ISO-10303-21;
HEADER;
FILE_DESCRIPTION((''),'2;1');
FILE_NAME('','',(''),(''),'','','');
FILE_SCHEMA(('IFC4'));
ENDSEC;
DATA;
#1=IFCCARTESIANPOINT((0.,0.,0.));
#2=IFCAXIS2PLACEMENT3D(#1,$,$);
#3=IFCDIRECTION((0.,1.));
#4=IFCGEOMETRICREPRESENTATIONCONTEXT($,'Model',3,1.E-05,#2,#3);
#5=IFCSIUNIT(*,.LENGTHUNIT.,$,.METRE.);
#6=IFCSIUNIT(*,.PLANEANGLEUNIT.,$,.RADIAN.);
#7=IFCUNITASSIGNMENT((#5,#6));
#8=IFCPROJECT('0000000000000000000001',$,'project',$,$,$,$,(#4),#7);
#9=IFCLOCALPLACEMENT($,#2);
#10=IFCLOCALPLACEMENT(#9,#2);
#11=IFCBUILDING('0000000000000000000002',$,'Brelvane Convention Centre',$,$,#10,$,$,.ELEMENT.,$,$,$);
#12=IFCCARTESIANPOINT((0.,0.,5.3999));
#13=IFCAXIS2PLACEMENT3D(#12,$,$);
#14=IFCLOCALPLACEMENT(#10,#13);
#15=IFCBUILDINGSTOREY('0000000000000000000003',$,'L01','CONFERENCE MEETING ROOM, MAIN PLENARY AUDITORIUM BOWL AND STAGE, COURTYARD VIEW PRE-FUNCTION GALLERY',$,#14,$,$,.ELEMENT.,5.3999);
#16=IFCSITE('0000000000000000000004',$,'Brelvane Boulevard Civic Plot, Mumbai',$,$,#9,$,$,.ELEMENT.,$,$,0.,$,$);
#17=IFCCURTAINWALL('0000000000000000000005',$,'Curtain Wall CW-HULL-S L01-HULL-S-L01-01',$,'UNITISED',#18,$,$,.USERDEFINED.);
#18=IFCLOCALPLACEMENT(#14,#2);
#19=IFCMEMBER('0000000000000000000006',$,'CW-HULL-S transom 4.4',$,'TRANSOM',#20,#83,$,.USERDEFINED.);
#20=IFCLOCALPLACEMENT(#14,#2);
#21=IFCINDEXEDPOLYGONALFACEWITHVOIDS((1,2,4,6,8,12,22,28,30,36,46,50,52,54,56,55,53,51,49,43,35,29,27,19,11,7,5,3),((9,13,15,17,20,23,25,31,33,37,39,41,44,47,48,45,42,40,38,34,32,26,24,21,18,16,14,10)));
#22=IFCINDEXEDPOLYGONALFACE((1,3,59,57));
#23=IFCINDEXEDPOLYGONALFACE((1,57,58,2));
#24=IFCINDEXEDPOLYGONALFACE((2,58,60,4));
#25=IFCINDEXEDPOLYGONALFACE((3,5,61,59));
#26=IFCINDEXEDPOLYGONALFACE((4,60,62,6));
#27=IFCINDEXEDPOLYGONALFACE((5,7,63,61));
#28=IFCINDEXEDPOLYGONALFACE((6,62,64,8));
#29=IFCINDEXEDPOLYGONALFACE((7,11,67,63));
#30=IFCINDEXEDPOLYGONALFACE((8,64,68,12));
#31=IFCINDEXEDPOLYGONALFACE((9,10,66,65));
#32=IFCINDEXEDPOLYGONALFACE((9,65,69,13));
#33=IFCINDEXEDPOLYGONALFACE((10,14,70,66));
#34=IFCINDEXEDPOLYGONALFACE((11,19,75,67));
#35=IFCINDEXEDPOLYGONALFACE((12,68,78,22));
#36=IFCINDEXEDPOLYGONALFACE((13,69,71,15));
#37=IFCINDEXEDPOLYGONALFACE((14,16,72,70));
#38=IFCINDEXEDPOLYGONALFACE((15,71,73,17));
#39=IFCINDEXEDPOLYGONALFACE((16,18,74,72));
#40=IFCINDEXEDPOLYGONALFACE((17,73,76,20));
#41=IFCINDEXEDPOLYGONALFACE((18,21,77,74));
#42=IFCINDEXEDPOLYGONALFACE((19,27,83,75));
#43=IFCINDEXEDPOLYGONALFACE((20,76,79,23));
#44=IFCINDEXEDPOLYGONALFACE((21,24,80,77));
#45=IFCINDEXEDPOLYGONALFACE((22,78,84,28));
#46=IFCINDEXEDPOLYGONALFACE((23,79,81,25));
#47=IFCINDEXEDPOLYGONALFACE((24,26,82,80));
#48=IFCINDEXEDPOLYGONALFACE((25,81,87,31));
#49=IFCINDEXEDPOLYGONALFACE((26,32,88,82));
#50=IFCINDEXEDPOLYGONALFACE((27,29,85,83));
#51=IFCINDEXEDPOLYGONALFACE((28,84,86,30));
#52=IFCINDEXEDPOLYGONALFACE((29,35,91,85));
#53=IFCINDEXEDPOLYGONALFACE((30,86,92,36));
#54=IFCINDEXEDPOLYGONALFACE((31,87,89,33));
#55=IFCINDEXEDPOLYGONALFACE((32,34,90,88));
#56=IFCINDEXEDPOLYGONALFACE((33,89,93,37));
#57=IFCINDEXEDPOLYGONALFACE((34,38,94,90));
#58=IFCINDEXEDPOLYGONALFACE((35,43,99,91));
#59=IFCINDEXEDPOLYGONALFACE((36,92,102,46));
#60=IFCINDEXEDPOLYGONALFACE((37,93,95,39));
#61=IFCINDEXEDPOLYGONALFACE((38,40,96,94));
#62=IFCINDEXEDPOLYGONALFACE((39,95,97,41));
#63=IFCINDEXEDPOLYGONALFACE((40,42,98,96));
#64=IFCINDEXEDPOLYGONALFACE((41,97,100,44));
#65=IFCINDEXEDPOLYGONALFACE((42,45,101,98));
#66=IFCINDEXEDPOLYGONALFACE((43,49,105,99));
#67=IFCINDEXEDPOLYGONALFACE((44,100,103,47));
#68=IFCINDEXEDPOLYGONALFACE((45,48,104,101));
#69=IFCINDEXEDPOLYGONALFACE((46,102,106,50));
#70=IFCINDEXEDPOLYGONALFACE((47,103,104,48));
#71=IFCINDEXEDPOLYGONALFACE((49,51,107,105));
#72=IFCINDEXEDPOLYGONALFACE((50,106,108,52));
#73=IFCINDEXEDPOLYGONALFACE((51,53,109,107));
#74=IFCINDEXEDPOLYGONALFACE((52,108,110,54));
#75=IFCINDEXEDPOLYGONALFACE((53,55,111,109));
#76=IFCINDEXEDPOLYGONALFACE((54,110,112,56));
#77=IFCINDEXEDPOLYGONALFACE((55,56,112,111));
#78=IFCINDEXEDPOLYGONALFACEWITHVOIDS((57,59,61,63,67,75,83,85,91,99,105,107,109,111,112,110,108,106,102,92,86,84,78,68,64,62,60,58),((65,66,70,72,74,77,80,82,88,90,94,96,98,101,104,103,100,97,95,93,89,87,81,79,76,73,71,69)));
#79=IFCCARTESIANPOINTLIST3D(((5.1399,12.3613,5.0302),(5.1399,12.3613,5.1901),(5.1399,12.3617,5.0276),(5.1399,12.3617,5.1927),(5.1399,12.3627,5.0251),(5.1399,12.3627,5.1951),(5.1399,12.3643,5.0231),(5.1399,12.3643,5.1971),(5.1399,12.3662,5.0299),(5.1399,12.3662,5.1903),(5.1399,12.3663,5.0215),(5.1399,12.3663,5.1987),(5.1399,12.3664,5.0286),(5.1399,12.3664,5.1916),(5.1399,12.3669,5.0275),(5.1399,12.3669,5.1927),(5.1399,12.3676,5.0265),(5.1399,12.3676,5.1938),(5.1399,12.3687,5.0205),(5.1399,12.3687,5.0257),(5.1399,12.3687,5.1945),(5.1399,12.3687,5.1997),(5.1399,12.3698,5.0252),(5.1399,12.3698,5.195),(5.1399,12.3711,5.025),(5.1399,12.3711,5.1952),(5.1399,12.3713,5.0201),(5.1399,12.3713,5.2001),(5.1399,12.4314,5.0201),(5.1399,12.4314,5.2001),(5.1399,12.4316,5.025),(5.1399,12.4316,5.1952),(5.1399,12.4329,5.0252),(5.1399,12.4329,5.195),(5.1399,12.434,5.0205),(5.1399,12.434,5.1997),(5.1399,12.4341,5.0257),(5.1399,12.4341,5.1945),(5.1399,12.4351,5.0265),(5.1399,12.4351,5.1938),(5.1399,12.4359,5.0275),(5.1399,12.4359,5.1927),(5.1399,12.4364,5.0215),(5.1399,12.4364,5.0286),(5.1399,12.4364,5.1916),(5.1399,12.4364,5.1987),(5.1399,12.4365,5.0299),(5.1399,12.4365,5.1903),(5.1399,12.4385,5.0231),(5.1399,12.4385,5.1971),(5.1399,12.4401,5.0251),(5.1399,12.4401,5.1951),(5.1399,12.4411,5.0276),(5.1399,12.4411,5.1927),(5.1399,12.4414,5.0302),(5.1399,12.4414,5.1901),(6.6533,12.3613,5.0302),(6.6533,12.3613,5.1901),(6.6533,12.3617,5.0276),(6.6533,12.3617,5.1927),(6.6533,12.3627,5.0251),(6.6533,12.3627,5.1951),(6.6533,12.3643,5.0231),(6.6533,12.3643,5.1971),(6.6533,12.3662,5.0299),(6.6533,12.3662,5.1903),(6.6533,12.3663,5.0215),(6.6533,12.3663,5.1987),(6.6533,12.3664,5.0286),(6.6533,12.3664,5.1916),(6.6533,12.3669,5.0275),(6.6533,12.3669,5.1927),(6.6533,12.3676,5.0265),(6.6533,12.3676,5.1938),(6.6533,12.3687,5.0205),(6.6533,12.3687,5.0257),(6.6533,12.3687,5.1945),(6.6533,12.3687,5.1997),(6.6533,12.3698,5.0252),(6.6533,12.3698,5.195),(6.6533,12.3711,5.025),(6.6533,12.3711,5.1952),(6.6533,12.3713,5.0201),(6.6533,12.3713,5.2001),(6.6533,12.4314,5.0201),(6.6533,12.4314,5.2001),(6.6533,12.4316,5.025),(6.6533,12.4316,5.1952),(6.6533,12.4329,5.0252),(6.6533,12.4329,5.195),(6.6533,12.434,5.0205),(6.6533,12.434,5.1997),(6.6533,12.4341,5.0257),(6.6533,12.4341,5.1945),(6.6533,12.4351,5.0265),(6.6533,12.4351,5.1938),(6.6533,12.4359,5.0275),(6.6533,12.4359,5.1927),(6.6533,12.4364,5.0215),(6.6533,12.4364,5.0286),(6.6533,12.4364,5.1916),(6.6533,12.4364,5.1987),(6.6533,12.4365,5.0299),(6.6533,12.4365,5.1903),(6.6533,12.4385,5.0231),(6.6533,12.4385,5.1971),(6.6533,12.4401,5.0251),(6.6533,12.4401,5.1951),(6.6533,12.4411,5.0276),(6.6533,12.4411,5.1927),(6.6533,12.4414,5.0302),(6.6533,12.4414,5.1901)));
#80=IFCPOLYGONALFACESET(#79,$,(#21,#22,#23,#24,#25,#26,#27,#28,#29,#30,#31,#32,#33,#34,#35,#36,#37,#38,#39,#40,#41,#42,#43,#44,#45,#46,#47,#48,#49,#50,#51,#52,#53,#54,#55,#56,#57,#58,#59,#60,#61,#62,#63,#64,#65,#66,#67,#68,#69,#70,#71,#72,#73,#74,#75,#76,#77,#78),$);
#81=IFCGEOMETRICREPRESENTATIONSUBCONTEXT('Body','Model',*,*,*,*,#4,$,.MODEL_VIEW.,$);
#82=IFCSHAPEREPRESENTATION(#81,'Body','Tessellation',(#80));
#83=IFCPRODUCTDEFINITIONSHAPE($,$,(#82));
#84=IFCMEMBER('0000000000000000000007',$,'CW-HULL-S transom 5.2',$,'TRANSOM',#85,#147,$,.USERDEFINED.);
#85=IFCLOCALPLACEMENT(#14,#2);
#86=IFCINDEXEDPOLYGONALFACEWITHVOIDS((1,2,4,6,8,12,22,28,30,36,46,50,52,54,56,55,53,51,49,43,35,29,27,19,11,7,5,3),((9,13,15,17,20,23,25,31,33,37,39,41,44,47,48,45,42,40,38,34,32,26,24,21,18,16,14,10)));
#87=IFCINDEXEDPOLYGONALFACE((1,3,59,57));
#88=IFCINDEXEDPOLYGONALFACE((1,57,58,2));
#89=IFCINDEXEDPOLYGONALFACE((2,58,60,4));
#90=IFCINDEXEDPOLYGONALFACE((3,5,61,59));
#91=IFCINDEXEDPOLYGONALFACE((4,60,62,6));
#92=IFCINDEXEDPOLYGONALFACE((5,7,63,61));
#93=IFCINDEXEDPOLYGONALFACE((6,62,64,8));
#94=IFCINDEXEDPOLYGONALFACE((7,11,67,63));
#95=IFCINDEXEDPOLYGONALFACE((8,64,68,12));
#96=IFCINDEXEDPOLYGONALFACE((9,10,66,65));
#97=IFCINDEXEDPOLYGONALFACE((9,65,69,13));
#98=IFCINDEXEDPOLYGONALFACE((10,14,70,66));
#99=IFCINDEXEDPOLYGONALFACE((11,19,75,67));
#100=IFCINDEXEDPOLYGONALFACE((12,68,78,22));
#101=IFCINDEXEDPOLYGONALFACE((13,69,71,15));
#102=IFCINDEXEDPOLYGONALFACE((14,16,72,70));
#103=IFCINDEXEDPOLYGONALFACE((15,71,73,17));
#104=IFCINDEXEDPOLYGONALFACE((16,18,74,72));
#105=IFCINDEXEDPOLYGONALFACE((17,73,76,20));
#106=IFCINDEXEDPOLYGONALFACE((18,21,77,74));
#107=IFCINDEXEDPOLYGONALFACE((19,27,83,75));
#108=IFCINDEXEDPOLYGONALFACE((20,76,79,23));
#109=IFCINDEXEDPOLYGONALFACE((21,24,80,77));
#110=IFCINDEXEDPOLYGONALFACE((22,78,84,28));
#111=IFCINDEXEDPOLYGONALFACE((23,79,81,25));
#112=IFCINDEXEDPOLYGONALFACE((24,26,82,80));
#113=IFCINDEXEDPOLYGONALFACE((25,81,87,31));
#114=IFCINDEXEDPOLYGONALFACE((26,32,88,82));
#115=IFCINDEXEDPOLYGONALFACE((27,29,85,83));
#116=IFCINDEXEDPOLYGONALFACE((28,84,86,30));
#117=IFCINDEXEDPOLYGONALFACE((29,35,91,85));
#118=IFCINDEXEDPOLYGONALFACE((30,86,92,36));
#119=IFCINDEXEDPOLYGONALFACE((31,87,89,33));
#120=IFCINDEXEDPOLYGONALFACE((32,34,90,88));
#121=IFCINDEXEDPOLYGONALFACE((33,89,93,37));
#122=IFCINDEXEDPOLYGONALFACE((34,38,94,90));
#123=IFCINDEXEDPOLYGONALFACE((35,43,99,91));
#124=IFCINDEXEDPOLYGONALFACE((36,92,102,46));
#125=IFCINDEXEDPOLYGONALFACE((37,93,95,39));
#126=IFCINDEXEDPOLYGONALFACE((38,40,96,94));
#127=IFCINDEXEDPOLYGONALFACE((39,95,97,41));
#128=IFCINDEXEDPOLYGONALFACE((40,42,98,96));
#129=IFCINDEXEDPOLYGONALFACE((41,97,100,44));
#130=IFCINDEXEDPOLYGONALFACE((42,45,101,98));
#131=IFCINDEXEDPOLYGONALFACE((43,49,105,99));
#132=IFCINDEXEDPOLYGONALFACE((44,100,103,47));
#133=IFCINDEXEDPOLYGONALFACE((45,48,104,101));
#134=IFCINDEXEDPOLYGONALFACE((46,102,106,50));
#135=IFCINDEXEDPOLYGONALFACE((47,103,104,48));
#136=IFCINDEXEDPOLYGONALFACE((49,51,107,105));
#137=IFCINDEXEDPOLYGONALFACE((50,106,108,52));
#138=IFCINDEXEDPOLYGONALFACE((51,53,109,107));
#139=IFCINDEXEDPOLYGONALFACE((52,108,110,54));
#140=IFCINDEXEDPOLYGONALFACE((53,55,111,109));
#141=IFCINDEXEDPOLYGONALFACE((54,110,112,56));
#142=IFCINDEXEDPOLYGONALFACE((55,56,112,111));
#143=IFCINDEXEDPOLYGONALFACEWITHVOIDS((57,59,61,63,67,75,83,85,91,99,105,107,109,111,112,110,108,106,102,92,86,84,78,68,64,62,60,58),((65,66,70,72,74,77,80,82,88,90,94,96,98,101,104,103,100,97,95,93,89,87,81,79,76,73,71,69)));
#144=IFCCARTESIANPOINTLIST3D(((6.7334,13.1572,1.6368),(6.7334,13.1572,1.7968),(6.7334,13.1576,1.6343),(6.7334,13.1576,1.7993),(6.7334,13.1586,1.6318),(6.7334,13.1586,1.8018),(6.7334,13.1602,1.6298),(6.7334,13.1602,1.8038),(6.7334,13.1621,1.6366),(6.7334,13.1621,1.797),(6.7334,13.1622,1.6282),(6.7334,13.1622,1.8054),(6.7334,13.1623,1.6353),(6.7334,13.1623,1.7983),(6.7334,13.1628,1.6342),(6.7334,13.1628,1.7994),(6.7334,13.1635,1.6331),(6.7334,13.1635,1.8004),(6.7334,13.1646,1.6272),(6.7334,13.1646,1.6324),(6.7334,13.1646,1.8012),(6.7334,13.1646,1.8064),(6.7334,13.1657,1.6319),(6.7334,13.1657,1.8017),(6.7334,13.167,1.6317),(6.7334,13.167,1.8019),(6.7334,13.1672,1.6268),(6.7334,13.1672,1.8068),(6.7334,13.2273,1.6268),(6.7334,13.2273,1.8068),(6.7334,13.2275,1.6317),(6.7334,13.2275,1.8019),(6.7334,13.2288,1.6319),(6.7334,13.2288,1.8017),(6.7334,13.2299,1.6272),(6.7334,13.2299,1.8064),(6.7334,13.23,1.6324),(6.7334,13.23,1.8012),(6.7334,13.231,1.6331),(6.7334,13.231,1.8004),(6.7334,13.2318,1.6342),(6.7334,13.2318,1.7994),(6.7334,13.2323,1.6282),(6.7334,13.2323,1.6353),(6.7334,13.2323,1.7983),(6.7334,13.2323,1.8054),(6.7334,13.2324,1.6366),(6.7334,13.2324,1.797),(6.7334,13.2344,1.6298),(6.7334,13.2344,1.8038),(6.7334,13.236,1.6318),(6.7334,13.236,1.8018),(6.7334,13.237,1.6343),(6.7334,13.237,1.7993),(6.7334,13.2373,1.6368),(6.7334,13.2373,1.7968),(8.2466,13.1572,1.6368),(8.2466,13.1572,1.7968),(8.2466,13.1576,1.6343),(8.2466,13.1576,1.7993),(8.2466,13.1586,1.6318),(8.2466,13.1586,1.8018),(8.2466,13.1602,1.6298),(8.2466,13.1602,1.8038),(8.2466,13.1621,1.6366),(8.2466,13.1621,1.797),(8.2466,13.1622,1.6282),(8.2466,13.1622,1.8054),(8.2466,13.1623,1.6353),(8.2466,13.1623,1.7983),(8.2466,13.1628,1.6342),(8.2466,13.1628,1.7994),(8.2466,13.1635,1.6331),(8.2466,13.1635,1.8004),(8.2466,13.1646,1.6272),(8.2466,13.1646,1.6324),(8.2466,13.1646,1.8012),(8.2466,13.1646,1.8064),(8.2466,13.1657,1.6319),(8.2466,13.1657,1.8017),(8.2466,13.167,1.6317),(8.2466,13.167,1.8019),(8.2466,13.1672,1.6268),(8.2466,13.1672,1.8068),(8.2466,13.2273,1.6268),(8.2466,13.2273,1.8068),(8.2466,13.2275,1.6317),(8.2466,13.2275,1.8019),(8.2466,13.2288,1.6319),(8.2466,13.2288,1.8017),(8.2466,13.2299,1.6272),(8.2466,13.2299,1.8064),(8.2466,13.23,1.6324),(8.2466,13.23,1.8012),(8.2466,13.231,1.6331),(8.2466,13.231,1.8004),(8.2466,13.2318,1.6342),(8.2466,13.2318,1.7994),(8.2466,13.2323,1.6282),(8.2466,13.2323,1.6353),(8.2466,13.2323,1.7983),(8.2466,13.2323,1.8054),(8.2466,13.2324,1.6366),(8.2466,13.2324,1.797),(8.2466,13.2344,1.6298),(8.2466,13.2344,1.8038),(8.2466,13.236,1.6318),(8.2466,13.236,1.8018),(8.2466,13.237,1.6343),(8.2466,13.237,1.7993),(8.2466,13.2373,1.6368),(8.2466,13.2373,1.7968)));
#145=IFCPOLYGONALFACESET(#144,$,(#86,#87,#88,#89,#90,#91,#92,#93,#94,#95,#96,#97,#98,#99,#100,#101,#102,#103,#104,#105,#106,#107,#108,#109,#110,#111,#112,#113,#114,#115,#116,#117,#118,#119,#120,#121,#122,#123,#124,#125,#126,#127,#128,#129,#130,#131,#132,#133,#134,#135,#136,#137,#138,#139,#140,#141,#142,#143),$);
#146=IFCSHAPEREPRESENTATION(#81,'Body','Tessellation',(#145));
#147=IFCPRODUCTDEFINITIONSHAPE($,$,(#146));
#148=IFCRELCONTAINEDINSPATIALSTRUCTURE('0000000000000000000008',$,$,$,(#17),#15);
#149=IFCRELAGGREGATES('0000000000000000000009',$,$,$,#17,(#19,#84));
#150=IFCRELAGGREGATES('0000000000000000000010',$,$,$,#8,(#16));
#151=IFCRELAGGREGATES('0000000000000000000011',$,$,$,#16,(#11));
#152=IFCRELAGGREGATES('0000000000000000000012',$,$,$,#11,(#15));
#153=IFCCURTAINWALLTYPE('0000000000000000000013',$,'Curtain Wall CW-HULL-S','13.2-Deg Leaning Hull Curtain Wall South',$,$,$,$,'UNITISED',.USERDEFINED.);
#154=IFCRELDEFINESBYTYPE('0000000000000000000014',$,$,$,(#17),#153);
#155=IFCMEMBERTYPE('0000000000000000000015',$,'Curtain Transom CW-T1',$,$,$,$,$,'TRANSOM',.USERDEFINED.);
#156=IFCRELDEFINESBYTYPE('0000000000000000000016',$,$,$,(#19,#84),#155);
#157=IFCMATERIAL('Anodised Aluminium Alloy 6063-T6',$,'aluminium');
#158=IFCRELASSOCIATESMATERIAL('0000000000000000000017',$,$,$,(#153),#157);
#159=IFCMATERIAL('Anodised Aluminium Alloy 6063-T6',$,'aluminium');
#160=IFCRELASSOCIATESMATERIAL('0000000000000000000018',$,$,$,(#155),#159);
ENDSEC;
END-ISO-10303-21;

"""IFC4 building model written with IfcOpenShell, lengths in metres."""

from ifc_helpers import new_model, si_unit, direction, frame, origin, origin_2d, place, context, subcontext, project, spatial, hollow_rectangle, extrude, material, material_profile, profile_set, type_object, element, aggregate, save


model = new_model("IFC4")

# Units and contexts
model_context = context("Model", 3, precision=1e-05, world=origin(), true_north=direction((0.0, 1.0)))
body_context = subcontext(model_context, "Body", "Model", "MODEL_VIEW")
ifc_project = project(units=[si_unit("LENGTHUNIT", "METRE"), si_unit("PLANEANGLEUNIT", "RADIAN")], contexts=[model_context])

# Site, building, storey
site_placement = place(None, origin())
site = spatial("IfcSite", under=ifc_project, at=site_placement, Name="Brelvane Boulevard Civic Plot, Mumbai", CompositionType="ELEMENT", RefElevation=0.0)
building_placement = place(site_placement, origin())
building = spatial("IfcBuilding", under=site, at=building_placement, Name="Brelvane Convention Centre", CompositionType="ELEMENT")
storey_placement = place(building_placement, frame((0.0, 0.0, 5.3999)))
storey = spatial("IfcBuildingStorey", under=building, at=storey_placement, Name="L01", Description="CONFERENCE MEETING ROOM, MAIN PLENARY AUDITORIUM BOWL AND STAGE, COURTYARD VIEW PRE-FUNCTION GALLERY", CompositionType="ELEMENT", Elevation=5.3999)

# Curtain wall, members
ifc_material_1 = material(Name="Anodised Aluminium Alloy 6063-T6", Category="aluminium")
curtain_wall_type = type_object("IfcCurtainWallType", Name="Curtain Wall CW-HULL-S", Description="13.2-Deg Leaning Hull Curtain Wall South", ElementType="UNITISED", PredefinedType="USERDEFINED", material=ifc_material_1)
curtain_wall_1_placement = place(storey_placement, origin())
curtain_wall_1 = element("IfcCurtainWall", 1, at=curtain_wall_1_placement, inside=storey, type_object=curtain_wall_type, Name="Curtain Wall CW-HULL-S L01-HULL-S-L01-01", ObjectType="UNITISED", PredefinedType="USERDEFINED")
ifc_material_2 = material(Name="Anodised Aluminium Alloy 6063-T6", Category="aluminium")
ifc_material_profile = material_profile(ifc_material_2, hollow_rectangle(XDim=0.0801, YDim=0.1799, WallThickness=0.0049, InnerFilletRadius=0.0049, OuterFilletRadius=0.01, at=origin_2d()), Name="ALU-T 180x80x5.0")
ifc_profile_set = profile_set([ifc_material_profile], Name="Anodised Aluminium Alloy 6063-T6")
member_type = type_object("IfcMemberType", Name="Curtain Transom CW-T1", ElementType="TRANSOM", PredefinedType="USERDEFINED", material=ifc_profile_set)
member_1_placement = place(storey_placement, frame((5.1399, 12.4014, 5.1101), z_axis=(1.0, 0.0, 0.0), x_axis=(0.0, 1.0, 0.0)))
member_1 = element("IfcMember", 2, at=member_1_placement, type_object=member_type, Name="CW-HULL-S transom 4.4", ObjectType="TRANSOM", PredefinedType="USERDEFINED", context=body_context, shape_type="SweptSolid", body=[
    extrude(hollow_rectangle(XDim=0.0801, YDim=0.1799, WallThickness=0.0049, InnerFilletRadius=0.0049, OuterFilletRadius=0.01, at=origin_2d()), origin(), (0.0, 0.0, 1.0), 1.5134),
])
member_2_placement = place(storey_placement, frame((6.7334, 13.1973, 1.7168), z_axis=(1.0, 0.0, 0.0), x_axis=(0.0, 1.0, 0.0)))
member_2 = element("IfcMember", 3, at=member_2_placement, type_object=member_type, Name="CW-HULL-S transom 5.2", ObjectType="TRANSOM", PredefinedType="USERDEFINED", context=body_context, shape_type="SweptSolid", body=[
    extrude(hollow_rectangle(XDim=0.0801, YDim=0.1799, WallThickness=0.0049, InnerFilletRadius=0.0049, OuterFilletRadius=0.01, at=origin_2d()), origin(), (0.0, 0.0, 1.0), 1.5132),
])

aggregate(curtain_wall_1, [member_1, member_2])

save(model, "model.ifc")
